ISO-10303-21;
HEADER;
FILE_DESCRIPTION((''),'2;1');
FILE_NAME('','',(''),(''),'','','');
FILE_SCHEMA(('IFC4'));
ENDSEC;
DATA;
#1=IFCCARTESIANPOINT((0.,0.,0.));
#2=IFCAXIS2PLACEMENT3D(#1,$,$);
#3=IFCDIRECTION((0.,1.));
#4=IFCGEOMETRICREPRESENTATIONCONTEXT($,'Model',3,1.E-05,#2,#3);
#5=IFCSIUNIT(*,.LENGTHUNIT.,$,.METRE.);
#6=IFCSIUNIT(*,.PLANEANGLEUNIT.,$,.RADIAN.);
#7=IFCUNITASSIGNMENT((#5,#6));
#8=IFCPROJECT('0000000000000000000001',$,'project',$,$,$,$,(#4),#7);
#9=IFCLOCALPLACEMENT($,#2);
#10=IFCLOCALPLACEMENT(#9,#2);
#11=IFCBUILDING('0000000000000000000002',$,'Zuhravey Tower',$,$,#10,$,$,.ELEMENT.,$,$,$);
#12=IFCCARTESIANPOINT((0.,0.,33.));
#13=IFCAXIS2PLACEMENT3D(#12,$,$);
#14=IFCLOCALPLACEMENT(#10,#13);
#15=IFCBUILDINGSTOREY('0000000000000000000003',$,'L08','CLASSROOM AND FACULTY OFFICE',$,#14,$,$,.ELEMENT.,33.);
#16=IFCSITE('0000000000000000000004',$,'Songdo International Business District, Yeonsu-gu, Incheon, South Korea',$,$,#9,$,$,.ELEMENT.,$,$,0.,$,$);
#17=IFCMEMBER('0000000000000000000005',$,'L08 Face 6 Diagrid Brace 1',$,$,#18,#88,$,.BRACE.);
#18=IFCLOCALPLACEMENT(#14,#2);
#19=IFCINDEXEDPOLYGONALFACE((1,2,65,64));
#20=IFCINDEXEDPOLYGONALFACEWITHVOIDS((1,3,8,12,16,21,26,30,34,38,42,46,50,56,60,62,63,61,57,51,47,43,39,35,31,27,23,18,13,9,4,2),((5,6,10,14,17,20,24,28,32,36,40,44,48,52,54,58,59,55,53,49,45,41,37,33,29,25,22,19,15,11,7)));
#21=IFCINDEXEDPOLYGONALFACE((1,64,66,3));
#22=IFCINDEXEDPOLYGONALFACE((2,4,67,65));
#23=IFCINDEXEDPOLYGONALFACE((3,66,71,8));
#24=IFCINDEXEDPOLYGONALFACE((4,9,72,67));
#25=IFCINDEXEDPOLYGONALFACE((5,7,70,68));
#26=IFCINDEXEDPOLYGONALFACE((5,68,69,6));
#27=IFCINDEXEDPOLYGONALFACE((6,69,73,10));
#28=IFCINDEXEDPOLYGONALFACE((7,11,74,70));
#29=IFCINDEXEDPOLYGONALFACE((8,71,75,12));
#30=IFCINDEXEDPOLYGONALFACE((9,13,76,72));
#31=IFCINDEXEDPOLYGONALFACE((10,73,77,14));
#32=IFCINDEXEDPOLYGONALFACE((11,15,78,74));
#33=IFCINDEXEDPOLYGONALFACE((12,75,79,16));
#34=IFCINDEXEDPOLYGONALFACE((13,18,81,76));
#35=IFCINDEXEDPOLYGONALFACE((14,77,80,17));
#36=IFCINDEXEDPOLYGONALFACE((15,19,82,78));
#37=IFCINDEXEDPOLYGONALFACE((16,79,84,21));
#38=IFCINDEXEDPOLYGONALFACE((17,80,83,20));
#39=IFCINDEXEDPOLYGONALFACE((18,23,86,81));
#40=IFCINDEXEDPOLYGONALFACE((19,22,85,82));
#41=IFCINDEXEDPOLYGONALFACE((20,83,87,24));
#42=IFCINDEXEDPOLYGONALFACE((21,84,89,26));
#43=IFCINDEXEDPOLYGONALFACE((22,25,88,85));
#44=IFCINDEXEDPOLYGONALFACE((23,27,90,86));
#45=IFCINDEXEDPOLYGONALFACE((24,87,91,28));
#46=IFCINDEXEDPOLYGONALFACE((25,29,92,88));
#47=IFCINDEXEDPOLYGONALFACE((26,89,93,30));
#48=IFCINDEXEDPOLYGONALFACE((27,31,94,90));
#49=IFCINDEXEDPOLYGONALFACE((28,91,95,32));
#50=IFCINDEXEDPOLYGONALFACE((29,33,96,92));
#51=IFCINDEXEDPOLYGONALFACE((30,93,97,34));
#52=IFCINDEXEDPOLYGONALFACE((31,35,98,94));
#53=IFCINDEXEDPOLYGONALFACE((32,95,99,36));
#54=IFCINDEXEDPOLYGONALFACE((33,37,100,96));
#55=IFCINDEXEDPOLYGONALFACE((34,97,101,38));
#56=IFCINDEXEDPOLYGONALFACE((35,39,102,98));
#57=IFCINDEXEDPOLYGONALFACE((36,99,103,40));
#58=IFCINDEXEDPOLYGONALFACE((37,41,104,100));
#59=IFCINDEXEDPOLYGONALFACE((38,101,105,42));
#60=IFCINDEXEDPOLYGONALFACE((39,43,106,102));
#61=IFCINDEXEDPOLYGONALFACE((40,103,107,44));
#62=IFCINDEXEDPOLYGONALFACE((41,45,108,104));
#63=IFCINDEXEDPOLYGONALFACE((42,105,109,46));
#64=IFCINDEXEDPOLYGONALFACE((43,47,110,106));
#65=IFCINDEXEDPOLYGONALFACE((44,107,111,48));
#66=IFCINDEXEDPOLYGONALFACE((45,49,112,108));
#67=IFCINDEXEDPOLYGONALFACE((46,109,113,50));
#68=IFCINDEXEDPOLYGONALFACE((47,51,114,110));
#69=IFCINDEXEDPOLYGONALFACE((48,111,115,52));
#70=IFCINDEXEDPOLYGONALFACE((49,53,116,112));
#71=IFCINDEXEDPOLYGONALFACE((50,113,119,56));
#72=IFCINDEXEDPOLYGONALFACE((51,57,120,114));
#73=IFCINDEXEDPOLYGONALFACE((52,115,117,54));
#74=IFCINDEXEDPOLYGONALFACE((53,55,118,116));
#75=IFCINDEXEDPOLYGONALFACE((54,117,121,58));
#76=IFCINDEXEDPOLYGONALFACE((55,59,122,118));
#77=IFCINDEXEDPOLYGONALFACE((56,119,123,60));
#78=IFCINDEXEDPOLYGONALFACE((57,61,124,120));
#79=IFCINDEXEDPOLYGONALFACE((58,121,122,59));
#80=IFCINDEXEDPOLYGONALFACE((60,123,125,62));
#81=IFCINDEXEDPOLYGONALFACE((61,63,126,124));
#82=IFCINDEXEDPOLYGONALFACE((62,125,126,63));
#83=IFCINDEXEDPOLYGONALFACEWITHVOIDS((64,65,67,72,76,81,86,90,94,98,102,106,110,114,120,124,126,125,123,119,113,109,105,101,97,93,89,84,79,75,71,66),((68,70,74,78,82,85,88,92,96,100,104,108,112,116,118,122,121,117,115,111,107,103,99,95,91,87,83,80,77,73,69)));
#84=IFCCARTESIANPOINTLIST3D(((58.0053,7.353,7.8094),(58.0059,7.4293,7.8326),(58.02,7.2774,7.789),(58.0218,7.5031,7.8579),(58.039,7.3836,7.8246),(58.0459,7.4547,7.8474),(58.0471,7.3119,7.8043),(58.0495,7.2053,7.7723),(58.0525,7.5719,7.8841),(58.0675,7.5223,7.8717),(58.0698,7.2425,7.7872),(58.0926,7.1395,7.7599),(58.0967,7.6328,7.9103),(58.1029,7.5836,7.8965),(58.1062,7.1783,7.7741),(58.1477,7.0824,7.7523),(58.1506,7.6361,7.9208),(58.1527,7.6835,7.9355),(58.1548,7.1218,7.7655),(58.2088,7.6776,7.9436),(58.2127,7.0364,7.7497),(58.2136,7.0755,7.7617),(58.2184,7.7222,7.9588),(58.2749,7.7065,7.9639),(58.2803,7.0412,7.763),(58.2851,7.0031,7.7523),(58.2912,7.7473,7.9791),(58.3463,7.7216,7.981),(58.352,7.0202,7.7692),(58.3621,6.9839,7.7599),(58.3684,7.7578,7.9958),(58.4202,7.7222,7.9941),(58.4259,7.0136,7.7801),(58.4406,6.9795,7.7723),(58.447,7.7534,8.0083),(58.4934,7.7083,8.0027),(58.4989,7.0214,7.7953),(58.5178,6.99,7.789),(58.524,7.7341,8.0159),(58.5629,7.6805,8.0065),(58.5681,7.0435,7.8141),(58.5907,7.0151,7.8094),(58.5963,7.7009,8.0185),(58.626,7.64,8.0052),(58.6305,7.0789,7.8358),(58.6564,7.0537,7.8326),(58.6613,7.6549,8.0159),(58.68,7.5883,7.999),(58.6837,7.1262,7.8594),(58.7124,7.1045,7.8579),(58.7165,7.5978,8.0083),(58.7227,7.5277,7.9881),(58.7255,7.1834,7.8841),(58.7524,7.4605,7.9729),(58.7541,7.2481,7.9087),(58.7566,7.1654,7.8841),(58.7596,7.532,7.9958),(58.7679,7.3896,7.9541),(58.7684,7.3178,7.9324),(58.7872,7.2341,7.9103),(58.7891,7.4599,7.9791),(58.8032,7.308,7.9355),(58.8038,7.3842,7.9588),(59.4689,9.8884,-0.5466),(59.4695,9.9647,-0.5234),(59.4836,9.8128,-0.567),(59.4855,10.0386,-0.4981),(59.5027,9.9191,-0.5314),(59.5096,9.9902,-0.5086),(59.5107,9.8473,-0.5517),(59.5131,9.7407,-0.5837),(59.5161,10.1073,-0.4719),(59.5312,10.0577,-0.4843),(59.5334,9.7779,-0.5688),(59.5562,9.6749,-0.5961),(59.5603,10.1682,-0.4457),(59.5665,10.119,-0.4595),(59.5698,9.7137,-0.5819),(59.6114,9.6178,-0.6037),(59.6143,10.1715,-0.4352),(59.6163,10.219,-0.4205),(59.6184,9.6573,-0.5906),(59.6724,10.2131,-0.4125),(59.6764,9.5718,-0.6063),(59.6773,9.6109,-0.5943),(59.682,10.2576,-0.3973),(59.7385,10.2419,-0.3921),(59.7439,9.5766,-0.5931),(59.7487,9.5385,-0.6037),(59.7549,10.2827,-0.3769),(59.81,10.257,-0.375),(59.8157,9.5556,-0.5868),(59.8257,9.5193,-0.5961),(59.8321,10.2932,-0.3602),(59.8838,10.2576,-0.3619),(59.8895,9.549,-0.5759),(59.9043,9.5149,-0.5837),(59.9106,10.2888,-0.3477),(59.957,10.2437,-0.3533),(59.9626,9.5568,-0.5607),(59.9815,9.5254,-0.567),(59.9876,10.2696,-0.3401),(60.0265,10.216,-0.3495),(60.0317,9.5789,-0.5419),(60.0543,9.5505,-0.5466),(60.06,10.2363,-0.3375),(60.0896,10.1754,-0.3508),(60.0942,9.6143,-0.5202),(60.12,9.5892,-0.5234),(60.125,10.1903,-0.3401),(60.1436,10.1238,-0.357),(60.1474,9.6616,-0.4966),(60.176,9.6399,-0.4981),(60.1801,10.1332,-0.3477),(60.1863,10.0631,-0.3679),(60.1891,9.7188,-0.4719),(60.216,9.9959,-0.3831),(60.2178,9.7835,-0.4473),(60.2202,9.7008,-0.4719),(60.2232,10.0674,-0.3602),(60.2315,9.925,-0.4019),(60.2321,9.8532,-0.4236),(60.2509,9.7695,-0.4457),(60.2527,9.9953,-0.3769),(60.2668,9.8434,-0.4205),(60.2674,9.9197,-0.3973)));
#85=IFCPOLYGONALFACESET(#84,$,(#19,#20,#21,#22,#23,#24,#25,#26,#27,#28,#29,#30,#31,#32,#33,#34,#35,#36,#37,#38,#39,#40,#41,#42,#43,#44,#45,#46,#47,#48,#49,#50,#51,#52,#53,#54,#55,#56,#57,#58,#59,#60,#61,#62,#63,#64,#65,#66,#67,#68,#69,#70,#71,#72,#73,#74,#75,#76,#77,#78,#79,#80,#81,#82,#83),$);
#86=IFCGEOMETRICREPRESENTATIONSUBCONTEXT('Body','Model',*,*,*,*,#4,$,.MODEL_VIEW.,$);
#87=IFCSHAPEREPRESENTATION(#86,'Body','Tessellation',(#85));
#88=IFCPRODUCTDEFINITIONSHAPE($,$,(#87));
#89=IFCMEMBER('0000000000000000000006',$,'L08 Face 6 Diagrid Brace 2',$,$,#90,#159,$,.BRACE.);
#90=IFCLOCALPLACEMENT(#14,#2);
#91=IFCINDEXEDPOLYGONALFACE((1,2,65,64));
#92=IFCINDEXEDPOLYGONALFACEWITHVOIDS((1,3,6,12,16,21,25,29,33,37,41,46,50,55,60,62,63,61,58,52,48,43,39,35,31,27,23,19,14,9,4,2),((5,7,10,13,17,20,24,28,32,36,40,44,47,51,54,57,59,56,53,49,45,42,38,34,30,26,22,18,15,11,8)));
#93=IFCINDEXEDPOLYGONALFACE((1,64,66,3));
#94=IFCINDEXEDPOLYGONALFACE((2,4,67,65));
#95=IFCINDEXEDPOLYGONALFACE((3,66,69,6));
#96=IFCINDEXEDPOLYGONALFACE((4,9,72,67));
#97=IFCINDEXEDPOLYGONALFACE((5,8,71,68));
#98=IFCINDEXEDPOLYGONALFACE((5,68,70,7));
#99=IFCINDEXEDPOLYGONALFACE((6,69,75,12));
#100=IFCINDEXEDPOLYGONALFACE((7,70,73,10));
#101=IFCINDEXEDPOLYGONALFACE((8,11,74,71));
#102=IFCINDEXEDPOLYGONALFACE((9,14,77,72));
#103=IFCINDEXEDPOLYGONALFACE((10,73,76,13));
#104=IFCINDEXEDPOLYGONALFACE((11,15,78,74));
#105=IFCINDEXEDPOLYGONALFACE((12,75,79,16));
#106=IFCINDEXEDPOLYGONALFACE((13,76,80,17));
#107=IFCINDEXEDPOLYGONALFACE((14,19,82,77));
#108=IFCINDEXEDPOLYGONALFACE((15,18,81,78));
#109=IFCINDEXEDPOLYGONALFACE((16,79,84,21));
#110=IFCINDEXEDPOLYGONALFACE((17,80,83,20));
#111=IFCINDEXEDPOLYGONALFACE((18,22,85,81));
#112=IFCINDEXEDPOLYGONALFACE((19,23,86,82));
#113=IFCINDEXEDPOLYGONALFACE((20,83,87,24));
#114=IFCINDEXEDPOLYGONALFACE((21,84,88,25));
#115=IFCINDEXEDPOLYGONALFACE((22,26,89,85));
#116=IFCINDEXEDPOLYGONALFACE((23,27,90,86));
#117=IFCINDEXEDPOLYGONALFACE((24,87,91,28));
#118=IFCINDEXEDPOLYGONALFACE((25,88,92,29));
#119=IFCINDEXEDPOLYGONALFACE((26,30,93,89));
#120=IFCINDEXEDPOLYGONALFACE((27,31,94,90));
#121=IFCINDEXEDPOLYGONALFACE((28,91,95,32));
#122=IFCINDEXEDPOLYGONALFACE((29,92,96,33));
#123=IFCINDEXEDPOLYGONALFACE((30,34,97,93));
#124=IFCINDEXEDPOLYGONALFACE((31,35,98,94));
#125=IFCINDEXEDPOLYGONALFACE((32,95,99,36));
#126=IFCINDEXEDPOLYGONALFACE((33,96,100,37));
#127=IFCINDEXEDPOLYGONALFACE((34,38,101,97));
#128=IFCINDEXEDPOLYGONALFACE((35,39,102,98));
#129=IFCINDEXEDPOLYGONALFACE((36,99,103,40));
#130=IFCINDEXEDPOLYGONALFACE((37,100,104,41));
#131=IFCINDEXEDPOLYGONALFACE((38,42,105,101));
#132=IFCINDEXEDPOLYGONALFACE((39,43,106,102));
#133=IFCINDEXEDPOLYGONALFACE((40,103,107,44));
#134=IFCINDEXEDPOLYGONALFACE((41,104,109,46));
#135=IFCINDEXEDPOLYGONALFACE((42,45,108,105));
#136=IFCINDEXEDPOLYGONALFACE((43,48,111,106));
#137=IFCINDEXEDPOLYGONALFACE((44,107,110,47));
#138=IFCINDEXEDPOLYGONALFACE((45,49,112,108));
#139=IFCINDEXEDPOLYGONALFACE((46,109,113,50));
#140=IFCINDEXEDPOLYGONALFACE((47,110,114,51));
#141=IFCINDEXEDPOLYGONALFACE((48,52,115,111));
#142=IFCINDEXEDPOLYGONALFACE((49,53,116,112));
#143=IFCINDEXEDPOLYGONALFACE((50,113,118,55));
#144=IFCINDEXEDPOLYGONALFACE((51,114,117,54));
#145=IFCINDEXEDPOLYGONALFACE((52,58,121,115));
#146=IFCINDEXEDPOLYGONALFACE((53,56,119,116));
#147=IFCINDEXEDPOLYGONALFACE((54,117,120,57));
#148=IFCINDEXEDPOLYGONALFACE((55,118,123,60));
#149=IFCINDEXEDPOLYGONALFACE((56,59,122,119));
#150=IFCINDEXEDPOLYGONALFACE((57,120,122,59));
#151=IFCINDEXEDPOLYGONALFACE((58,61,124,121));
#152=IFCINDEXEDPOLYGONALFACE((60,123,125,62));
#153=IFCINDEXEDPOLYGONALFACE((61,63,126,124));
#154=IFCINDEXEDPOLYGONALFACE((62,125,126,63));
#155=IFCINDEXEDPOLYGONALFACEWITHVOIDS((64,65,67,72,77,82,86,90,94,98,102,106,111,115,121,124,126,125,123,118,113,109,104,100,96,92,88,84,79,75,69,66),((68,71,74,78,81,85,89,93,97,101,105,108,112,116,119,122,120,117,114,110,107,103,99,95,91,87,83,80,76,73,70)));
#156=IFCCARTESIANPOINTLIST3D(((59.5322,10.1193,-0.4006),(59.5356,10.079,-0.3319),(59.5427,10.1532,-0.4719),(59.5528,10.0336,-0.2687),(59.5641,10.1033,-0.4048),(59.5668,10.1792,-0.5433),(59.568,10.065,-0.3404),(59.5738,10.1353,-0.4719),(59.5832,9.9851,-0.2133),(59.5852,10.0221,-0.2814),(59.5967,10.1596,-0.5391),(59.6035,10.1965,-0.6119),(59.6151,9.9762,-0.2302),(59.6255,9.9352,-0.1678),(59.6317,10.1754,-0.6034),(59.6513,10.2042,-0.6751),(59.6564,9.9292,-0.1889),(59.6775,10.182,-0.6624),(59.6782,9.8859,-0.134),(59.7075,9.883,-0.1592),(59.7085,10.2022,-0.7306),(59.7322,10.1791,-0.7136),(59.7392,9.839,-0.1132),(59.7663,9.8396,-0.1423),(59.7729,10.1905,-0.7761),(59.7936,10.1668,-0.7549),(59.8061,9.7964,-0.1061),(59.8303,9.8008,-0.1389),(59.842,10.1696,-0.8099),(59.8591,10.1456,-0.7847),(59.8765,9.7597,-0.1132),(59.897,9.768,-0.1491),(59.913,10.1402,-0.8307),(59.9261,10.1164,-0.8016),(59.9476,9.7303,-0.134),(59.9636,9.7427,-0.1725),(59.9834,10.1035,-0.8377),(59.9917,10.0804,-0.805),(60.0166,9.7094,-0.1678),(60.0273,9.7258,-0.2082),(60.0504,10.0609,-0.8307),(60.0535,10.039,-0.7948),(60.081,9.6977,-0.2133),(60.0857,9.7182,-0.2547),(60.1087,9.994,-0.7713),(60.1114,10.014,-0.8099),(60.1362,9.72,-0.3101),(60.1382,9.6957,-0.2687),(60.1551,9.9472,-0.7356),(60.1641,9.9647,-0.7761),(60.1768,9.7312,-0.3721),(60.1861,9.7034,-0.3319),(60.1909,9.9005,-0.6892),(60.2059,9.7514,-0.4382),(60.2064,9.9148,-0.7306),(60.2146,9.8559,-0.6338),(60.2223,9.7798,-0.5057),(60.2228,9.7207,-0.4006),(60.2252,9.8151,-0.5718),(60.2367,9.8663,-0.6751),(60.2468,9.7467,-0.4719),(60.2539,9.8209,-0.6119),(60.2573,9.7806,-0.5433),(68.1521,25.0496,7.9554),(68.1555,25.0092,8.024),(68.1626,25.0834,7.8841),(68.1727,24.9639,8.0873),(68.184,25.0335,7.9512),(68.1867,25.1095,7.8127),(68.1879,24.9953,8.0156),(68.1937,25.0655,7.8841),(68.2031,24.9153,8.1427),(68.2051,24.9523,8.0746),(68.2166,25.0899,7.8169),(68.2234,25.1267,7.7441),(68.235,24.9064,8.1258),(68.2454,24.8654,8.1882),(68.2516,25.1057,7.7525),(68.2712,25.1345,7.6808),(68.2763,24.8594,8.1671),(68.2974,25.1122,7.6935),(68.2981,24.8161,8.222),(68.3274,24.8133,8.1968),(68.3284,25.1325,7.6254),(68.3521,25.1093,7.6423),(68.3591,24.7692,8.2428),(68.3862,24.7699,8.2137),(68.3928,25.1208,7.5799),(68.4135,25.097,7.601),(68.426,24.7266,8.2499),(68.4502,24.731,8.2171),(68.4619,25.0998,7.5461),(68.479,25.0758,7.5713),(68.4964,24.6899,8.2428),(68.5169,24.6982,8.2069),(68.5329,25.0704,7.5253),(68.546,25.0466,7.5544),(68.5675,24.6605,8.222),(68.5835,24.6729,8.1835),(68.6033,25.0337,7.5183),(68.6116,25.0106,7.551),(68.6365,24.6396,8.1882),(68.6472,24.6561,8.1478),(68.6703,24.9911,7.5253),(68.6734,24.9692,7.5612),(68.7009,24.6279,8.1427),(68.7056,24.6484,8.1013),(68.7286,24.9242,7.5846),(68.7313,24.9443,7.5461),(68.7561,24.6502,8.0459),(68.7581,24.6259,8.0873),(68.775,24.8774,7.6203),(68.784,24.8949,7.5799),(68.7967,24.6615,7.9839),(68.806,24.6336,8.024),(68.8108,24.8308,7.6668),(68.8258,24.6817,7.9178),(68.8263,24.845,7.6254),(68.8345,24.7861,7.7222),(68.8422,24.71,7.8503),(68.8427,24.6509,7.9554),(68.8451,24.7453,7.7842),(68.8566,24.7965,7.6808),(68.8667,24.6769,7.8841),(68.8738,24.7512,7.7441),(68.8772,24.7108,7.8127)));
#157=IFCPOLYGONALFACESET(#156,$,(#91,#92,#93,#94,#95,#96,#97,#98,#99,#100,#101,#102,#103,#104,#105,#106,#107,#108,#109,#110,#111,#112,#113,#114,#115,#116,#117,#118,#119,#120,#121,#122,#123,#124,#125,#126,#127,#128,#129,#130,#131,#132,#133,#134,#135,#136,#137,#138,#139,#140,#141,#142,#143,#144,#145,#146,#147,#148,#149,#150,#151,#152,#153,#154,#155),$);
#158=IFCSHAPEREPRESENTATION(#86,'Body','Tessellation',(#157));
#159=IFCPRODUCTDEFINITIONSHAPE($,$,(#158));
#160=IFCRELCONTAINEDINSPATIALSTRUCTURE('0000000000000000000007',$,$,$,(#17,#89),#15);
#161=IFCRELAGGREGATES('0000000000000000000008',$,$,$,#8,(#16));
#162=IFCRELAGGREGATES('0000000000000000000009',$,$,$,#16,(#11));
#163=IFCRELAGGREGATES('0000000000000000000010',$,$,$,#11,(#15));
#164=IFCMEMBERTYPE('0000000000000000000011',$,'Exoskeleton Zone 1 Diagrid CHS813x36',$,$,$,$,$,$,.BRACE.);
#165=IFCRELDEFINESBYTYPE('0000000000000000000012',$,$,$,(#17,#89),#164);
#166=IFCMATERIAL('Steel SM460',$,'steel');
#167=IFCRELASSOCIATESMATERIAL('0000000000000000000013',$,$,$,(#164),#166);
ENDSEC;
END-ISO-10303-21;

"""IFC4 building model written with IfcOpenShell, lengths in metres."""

from ifc_helpers import new_model, si_unit, direction, frame, origin, origin_2d, place, context, subcontext, project, spatial, hollow_circle, extrude, material, material_profile, profile_set, type_object, element, save


model = new_model("IFC4")

# Units and contexts
model_context = context("Model", 3, precision=1e-05, world=origin(), true_north=direction((0.0, 1.0)))
body_context = subcontext(model_context, "Body", "Model", "MODEL_VIEW")
ifc_project = project(units=[si_unit("LENGTHUNIT", "METRE"), si_unit("PLANEANGLEUNIT", "RADIAN")], contexts=[model_context])

# Site, building, storey
site_placement = place(None, origin())
site = spatial("IfcSite", under=ifc_project, at=site_placement, Name="Songdo International Business District, Yeonsu-gu, Incheon, South Korea", CompositionType="ELEMENT", RefElevation=0.0)
building_placement = place(site_placement, origin())
building = spatial("IfcBuilding", under=site, at=building_placement, Name="Zuhravey Tower", CompositionType="ELEMENT")
storey_placement = place(building_placement, frame((0.0, 0.0, 33.0)))
storey = spatial("IfcBuildingStorey", under=building, at=storey_placement, Name="L08", Description="CLASSROOM AND FACULTY OFFICE", CompositionType="ELEMENT", Elevation=33.0)

# Members
ifc_material_1 = material(Name="Steel SM460", Category="steel")
ifc_material_profile_1 = material_profile(ifc_material_1, hollow_circle(Radius=0.4065, WallThickness=0.0359, at=origin_2d()), Name="CHS-812.8x36")
ifc_profile_set_1 = profile_set([ifc_material_profile_1], Name="Steel SM460")
member_type_1 = type_object("IfcMemberType", Name="Exoskeleton Zone 1 Diagrid CHS813x36", PredefinedType="BRACE", material=ifc_profile_set_1)
member_1_placement = place(storey_placement, frame((59.8682, 9.9041, -0.4719), z_axis=(-0.165307, -0.286358, 0.943755), x_axis=(0.866054, -0.499951, 0.0)))
element("IfcMember", 1, at=member_1_placement, inside=storey, type_object=member_type_1, Name="L08 Face 6 Diagrid Brace 1", PredefinedType="BRACE", context=body_context, shape_type="SweptSolid", body=[
    extrude(hollow_circle(Radius=0.4065, WallThickness=0.0359, at=origin_2d()), origin(), (0.0, 0.0, 1.0), 8.854),
])
member_2_placement = place(storey_placement, frame((59.8948, 9.95, -0.4719), z_axis=(0.449933, 0.779312, 0.436157), x_axis=(-0.866027, 0.499997, 0.0)))
element("IfcMember", 2, at=member_2_placement, inside=storey, type_object=member_type_1, Name="L08 Face 6 Diagrid Brace 2", PredefinedType="BRACE", context=body_context, shape_type="SweptSolid", body=[
    extrude(hollow_circle(Radius=0.4065, WallThickness=0.0359, at=origin_2d()), origin(), (0.0, 0.0, 1.0), 19.1582),
])

save(model, "model.ifc")
